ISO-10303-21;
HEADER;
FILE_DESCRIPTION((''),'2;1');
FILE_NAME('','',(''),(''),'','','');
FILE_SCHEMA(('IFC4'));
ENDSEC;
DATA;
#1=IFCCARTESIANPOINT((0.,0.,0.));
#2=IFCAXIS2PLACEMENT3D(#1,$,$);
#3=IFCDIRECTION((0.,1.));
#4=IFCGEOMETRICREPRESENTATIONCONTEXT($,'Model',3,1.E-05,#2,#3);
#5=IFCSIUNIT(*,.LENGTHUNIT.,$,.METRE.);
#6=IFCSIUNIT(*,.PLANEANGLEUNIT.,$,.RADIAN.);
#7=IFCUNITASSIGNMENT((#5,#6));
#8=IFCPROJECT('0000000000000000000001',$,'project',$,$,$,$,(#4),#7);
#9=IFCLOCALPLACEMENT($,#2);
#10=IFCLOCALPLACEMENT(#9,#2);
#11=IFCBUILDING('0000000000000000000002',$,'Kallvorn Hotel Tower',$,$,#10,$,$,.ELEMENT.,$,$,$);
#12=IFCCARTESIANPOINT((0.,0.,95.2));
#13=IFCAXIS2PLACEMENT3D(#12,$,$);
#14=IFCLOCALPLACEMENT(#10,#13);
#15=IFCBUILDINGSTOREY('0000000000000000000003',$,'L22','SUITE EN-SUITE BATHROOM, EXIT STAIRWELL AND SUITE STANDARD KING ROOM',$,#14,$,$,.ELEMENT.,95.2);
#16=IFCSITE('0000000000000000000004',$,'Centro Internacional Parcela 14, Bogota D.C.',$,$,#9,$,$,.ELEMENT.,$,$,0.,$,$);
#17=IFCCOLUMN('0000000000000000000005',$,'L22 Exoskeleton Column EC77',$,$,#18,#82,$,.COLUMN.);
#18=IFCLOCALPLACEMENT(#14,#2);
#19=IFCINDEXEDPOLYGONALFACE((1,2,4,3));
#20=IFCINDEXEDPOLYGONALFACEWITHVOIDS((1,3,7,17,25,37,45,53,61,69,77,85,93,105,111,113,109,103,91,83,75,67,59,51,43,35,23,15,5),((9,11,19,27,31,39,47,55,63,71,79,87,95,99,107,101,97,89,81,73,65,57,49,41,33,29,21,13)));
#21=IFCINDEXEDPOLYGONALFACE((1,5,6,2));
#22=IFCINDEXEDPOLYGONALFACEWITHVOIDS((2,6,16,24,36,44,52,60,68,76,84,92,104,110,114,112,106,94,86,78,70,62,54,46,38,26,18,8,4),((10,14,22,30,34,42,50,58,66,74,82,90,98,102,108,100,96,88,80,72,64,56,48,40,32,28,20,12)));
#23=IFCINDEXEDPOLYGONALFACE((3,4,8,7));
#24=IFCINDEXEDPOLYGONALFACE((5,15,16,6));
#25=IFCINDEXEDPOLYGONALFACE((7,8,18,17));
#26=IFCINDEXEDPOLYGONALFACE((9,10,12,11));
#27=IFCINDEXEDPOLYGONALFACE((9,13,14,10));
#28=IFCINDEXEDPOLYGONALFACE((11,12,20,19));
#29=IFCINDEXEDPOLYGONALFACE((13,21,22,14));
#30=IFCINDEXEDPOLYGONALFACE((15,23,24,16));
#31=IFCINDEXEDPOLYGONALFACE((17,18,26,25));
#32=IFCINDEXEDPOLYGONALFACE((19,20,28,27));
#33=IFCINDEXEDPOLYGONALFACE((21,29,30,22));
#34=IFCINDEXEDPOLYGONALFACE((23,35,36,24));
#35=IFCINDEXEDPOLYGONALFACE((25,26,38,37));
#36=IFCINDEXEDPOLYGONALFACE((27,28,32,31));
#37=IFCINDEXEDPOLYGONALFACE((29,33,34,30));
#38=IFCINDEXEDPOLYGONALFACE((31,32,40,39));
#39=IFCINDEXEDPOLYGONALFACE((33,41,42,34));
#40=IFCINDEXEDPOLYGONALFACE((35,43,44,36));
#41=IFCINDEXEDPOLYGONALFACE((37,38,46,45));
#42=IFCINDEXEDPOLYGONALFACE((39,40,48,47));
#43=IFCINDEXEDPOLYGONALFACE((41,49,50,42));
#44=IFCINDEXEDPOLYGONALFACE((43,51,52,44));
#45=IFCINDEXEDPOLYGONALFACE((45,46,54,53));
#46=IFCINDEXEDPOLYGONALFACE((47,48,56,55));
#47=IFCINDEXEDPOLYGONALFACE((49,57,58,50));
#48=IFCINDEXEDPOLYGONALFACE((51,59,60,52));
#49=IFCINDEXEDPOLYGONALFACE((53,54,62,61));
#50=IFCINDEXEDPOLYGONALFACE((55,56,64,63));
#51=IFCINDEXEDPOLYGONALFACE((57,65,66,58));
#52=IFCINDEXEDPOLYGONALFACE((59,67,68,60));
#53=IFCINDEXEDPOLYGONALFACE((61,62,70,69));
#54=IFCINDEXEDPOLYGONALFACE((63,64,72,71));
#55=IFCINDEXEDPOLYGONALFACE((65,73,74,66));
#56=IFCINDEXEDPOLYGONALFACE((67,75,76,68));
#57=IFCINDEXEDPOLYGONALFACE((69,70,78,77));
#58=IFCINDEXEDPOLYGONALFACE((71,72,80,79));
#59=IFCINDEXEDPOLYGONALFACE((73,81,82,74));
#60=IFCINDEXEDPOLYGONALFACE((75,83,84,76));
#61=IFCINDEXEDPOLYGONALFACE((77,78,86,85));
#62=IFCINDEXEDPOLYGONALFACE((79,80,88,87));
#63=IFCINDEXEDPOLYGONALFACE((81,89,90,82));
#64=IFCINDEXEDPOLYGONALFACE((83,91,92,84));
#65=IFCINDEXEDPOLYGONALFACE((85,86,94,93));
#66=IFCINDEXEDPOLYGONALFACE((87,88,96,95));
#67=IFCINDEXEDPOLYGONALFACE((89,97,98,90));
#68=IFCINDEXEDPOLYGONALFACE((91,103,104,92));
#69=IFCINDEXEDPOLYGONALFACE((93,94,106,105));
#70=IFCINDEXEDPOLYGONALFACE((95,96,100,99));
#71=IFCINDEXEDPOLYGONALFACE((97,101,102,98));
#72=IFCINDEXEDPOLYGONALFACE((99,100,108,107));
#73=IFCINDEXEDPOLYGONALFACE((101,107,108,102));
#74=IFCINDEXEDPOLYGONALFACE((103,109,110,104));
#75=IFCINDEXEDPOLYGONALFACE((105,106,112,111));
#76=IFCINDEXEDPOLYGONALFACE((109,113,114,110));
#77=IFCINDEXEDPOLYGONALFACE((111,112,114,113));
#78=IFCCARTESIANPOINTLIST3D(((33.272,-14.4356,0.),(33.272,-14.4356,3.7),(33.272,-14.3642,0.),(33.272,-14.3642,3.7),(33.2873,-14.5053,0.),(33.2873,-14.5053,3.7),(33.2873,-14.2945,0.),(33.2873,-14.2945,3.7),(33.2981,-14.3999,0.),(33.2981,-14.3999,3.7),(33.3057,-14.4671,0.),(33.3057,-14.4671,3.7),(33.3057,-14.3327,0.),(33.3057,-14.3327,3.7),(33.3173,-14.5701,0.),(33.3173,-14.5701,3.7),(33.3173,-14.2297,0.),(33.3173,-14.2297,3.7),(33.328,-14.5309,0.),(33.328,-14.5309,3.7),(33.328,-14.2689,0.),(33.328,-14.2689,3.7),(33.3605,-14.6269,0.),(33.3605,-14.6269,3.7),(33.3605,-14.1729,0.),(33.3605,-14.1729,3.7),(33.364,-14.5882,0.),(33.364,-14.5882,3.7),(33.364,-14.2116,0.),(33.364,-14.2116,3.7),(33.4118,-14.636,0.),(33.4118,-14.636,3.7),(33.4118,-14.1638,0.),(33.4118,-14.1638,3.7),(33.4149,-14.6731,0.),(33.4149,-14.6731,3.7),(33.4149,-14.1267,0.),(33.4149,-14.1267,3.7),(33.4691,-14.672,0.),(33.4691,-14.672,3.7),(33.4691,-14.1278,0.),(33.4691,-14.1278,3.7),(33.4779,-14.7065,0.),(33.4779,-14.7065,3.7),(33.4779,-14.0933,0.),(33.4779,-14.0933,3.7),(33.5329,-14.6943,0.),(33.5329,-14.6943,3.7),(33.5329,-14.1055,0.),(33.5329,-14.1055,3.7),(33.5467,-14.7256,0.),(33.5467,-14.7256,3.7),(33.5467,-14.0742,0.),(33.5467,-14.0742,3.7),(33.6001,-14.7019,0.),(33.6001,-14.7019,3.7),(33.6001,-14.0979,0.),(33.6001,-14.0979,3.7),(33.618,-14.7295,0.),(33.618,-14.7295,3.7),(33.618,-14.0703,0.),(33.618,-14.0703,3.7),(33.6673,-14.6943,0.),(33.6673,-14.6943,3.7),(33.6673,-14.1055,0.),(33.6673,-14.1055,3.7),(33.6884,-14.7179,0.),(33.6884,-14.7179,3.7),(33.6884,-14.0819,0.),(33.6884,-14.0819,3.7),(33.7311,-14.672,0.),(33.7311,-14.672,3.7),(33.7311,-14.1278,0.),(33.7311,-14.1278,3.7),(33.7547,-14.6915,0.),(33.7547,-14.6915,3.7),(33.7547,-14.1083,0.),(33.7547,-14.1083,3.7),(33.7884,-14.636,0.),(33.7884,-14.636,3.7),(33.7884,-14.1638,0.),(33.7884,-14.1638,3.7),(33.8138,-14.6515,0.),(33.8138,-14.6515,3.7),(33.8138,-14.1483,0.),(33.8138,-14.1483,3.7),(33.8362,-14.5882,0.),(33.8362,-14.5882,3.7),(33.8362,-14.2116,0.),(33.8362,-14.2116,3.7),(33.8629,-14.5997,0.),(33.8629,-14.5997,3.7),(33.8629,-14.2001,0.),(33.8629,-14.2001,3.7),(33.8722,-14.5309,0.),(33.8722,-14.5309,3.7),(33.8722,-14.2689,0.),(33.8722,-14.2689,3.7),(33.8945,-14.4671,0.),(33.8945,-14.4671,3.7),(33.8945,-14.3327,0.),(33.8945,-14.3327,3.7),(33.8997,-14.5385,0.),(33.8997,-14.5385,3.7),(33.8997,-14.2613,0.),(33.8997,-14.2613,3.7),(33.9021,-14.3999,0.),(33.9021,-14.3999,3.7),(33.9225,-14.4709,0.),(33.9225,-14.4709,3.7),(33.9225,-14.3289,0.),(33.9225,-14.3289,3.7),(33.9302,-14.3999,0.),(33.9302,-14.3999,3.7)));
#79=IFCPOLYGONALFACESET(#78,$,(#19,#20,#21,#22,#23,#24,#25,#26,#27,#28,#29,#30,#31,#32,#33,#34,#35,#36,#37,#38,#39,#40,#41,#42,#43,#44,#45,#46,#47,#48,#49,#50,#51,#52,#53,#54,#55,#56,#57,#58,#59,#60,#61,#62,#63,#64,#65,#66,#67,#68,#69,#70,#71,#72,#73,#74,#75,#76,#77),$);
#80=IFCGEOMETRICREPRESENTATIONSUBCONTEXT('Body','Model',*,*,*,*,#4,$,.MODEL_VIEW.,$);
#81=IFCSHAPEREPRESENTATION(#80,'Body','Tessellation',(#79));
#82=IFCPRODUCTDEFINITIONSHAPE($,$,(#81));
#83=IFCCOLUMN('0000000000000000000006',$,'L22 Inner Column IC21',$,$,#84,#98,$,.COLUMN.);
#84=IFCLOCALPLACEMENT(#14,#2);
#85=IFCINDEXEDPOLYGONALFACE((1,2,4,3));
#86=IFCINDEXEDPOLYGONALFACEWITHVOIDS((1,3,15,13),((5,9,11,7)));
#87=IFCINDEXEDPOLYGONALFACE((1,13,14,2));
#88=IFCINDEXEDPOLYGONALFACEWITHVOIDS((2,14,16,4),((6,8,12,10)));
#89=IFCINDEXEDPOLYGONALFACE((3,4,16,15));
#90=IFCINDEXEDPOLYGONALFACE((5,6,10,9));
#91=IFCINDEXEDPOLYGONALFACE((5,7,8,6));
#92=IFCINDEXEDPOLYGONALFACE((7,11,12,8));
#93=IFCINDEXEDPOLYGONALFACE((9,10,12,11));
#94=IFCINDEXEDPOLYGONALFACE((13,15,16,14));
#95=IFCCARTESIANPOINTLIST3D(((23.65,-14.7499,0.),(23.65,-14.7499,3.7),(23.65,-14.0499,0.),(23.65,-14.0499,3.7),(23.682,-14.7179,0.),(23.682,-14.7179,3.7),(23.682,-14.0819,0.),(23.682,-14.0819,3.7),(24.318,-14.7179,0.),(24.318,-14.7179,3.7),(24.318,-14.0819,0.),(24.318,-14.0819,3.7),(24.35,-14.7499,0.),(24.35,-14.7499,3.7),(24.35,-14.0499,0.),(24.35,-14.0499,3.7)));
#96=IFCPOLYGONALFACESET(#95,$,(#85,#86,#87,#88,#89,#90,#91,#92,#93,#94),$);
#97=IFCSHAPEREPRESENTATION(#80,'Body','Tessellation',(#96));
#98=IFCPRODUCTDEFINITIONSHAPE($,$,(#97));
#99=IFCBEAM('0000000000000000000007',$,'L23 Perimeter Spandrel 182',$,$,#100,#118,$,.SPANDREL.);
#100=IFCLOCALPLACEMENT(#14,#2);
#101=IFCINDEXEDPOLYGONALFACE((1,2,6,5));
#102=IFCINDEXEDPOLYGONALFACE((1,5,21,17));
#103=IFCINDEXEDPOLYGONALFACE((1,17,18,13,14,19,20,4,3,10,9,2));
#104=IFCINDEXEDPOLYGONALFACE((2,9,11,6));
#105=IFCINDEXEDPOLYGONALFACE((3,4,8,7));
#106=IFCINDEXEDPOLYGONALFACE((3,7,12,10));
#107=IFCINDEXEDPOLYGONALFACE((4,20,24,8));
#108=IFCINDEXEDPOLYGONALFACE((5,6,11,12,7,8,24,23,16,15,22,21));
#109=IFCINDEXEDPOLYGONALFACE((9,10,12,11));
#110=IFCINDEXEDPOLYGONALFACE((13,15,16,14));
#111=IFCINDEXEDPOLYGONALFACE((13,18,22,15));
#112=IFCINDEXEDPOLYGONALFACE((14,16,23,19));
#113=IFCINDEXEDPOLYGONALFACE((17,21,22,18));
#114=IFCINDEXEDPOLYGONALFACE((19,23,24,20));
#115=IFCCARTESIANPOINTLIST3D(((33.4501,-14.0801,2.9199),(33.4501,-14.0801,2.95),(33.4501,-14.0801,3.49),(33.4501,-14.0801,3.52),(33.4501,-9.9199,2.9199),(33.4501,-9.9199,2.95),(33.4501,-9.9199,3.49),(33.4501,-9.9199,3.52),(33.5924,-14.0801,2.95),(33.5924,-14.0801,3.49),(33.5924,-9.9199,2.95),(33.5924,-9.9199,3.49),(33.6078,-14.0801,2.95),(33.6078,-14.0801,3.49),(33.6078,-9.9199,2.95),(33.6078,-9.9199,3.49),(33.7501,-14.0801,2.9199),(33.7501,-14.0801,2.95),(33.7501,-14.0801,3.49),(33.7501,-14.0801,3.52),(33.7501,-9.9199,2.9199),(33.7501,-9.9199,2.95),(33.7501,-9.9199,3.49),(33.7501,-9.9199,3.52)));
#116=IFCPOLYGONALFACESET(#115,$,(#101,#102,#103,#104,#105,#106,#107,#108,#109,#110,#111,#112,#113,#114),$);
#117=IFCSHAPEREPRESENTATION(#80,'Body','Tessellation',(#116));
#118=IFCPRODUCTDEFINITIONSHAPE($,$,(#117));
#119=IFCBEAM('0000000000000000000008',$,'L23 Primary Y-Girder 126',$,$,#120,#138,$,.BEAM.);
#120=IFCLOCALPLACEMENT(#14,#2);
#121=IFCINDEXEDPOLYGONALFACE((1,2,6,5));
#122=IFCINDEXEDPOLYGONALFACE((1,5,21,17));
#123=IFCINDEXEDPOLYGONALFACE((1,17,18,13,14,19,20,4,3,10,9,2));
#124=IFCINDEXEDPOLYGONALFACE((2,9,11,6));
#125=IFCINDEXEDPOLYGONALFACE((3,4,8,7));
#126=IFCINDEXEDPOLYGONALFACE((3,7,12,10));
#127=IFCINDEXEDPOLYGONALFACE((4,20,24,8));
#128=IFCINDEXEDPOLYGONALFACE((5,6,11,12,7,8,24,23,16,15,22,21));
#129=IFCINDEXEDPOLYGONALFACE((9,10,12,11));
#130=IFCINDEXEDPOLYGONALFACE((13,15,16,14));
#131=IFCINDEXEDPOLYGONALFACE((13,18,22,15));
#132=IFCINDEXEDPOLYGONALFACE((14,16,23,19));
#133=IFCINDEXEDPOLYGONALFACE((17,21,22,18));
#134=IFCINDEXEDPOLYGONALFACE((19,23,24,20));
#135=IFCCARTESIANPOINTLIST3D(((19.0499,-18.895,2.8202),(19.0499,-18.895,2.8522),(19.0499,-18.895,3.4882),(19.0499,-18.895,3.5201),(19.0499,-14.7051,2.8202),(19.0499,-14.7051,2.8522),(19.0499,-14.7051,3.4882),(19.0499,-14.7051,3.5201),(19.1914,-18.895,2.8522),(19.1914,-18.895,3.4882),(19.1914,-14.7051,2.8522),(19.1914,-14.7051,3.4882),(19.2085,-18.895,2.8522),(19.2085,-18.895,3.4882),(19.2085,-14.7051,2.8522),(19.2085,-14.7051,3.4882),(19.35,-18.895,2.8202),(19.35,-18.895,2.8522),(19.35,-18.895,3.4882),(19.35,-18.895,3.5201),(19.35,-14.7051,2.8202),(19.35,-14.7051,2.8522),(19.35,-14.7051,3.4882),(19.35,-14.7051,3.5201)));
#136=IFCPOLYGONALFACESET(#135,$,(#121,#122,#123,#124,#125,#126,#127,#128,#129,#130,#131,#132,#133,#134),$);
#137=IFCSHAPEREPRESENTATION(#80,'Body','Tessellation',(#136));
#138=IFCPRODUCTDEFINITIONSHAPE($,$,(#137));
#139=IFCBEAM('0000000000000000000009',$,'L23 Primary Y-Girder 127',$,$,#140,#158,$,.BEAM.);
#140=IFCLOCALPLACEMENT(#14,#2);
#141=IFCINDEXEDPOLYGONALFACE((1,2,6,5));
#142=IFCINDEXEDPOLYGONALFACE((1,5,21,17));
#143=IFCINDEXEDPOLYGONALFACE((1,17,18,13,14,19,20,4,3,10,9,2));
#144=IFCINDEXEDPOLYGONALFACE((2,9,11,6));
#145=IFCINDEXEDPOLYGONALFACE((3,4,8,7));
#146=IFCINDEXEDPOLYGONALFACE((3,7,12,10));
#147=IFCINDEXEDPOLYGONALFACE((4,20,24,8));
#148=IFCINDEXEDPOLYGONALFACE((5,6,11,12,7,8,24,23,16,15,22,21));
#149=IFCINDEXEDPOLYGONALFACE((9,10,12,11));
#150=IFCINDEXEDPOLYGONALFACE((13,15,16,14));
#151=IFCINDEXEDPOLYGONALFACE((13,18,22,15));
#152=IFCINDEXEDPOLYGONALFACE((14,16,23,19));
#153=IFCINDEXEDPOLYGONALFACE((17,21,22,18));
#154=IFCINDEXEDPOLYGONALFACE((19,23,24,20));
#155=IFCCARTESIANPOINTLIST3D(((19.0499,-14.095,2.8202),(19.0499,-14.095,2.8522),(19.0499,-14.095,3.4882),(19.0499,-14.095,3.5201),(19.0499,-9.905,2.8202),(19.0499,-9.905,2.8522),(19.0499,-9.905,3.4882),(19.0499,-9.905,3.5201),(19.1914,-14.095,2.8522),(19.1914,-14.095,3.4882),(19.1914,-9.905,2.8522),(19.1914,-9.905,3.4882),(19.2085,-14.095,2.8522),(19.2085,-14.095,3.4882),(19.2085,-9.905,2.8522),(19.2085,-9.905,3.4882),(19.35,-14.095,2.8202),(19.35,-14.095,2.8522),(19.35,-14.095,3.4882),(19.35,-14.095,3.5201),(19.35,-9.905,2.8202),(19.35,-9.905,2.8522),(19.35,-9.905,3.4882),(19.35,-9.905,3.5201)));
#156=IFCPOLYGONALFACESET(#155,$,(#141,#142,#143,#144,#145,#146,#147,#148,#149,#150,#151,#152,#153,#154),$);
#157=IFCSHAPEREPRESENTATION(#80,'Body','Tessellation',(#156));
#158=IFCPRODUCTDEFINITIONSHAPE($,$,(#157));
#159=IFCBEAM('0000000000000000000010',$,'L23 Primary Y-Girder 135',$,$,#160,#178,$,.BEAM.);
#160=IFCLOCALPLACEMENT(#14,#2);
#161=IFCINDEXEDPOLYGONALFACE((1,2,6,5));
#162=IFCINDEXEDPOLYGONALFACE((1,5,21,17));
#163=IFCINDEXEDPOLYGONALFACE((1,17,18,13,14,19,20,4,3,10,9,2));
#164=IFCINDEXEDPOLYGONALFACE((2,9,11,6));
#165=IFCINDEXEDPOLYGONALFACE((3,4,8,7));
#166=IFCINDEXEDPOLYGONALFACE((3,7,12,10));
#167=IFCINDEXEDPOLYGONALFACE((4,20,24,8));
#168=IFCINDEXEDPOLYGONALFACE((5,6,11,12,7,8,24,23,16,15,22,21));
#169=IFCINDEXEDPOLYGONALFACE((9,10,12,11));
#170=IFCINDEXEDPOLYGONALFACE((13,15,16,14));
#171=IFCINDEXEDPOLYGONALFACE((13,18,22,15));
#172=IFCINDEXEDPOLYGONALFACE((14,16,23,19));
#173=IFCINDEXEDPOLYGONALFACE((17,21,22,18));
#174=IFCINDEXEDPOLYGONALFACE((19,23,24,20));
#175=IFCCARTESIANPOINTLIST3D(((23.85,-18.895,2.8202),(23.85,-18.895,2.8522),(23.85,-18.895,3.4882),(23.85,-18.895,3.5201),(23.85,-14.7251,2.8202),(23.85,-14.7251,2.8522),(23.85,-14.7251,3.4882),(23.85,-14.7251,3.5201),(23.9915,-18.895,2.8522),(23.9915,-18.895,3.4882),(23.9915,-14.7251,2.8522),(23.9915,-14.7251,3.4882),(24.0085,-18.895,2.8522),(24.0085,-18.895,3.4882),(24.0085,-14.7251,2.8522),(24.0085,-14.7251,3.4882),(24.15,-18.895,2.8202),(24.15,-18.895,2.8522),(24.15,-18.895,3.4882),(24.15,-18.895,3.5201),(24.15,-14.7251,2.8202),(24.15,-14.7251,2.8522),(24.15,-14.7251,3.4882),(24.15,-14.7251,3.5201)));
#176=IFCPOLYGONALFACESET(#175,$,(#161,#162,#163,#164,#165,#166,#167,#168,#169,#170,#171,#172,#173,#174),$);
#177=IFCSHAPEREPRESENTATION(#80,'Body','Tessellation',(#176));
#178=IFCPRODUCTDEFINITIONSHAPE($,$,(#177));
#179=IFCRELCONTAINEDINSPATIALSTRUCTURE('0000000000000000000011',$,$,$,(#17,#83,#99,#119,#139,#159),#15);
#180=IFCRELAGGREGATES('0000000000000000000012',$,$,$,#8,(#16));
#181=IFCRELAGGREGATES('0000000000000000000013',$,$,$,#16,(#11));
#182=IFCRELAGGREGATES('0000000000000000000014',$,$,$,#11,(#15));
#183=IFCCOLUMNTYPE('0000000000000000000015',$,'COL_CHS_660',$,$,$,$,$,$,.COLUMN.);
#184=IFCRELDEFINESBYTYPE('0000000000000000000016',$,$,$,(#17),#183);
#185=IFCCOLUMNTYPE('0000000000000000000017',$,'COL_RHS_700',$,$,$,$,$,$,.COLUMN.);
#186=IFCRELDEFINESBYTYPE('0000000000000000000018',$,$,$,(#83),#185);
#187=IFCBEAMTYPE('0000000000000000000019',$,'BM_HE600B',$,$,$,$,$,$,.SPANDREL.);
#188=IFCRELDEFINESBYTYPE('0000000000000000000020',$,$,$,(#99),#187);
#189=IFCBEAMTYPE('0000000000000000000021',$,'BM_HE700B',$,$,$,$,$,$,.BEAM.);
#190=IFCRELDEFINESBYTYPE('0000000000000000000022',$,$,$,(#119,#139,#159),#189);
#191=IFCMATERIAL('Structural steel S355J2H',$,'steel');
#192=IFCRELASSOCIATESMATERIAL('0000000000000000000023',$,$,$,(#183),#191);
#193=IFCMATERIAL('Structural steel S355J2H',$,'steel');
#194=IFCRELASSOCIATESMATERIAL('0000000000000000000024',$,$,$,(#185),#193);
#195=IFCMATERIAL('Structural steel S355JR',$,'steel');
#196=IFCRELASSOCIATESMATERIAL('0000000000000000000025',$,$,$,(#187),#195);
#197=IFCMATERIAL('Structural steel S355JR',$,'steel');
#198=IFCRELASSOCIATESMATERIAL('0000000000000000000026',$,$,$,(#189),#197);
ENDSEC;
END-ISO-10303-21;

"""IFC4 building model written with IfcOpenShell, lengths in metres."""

from ifc_helpers import new_model, si_unit, direction, frame, origin, origin_2d, place, context, subcontext, project, spatial, hollow_rectangle, hollow_circle, i_section, extrude, material, material_profile, profile_set, type_object, element, save


model = new_model("IFC4")

# Units and contexts
model_context = context("Model", 3, precision=1e-05, world=origin(), true_north=direction((0.0, 1.0)))
body_context = subcontext(model_context, "Body", "Model", "MODEL_VIEW")
ifc_project = project(units=[si_unit("LENGTHUNIT", "METRE"), si_unit("PLANEANGLEUNIT", "RADIAN")], contexts=[model_context])

# Site, building, storey
site_placement = place(None, origin())
site = spatial("IfcSite", under=ifc_project, at=site_placement, Name="Centro Internacional Parcela 14, Bogota D.C.", CompositionType="ELEMENT", RefElevation=0.0)
building_placement = place(site_placement, origin())
building = spatial("IfcBuilding", under=site, at=building_placement, Name="Kallvorn Hotel Tower", CompositionType="ELEMENT")
storey_placement = place(building_placement, frame((0.0, 0.0, 95.2)))
storey = spatial("IfcBuildingStorey", under=building, at=storey_placement, Name="L22", Description="SUITE EN-SUITE BATHROOM, EXIT STAIRWELL AND SUITE STANDARD KING ROOM", CompositionType="ELEMENT", Elevation=95.2)

# Columns
ifc_material_1 = material(Name="Structural steel S355J2H", Category="steel")
ifc_material_profile_1 = material_profile(ifc_material_1, hollow_circle(Radius=0.3301, WallThickness=0.0281, at=origin_2d()), Name="CHS 660x28")
ifc_profile_set_1 = profile_set([ifc_material_profile_1], Name="Structural steel S355J2H")
column_type_1 = type_object("IfcColumnType", Name="COL_CHS_660", PredefinedType="COLUMN", material=ifc_profile_set_1)
for number, where, z_axis, x_axis, name in (
    (1, (33.6001, -14.3999, 0.0), (0.0, 0.0, 1.0), (1.0, 0.0, 0.0), "L22 Exoskeleton Column EC77"),
):
    element("IfcColumn", number, at=place(storey_placement, frame(where, z_axis=z_axis, x_axis=x_axis)), inside=storey, type_object=column_type_1, Name=name, PredefinedType="COLUMN", context=body_context, shape_type="SweptSolid", body=[
        extrude(hollow_circle(Radius=0.3301, WallThickness=0.0281, at=origin_2d()), origin(), (0.0, 0.0, 1.0), 3.7),
    ])
ifc_material_2 = material(Name="Structural steel S355J2H", Category="steel")
ifc_material_profile_2 = material_profile(ifc_material_2, hollow_rectangle(XDim=0.7, YDim=0.7, WallThickness=0.032, at=origin_2d()), Name="RHS 700x700x32")
ifc_profile_set_2 = profile_set([ifc_material_profile_2], Name="Structural steel S355J2H")
column_type_2 = type_object("IfcColumnType", Name="COL_RHS_700", PredefinedType="COLUMN", material=ifc_profile_set_2)
column_1_placement = place(storey_placement, frame((24.0, -14.3999, 0.0), z_axis=(0.0, 0.0, 1.0), x_axis=(1.0, 0.0, 0.0)))
element("IfcColumn", 2, at=column_1_placement, inside=storey, type_object=column_type_2, Name="L22 Inner Column IC21", PredefinedType="COLUMN", context=body_context, shape_type="SweptSolid", body=[
    extrude(hollow_rectangle(XDim=0.7, YDim=0.7, WallThickness=0.032, at=origin_2d()), origin(), (0.0, 0.0, 1.0), 3.7),
])

# Beams
ifc_material_3 = material(Name="Structural steel S355JR", Category="steel")
ifc_material_profile_3 = material_profile(ifc_material_3, i_section(OverallWidth=0.3, OverallDepth=0.6001, WebThickness=0.0154, FlangeThickness=0.03, at=origin_2d()), Name="HE 600 B")
ifc_profile_set_3 = profile_set([ifc_material_profile_3], Name="Structural steel S355JR")
beam_type_1 = type_object("IfcBeamType", Name="BM_HE600B", PredefinedType="SPANDREL", material=ifc_profile_set_3)
beam_1_placement = place(storey_placement, frame((33.6001, -14.0801, 3.22), z_axis=(0.0, 1.0, 0.0), x_axis=(-1.0, 0.0, 0.0)))
element("IfcBeam", 3, at=beam_1_placement, inside=storey, type_object=beam_type_1, Name="L23 Perimeter Spandrel 182", PredefinedType="SPANDREL", context=body_context, shape_type="SweptSolid", body=[
    extrude(i_section(OverallWidth=0.3, OverallDepth=0.6001, WebThickness=0.0154, FlangeThickness=0.03, at=origin_2d()), origin(), (0.0, 0.0, 1.0), 4.1602),
])
ifc_material_4 = material(Name="Structural steel S355JR", Category="steel")
ifc_material_profile_4 = material_profile(ifc_material_4, i_section(OverallWidth=0.3, OverallDepth=0.7, WebThickness=0.0171, FlangeThickness=0.032, at=origin_2d()), Name="HE 700 B")
ifc_profile_set_4 = profile_set([ifc_material_profile_4], Name="Structural steel S355JR")
beam_type_2 = type_object("IfcBeamType", Name="BM_HE700B", PredefinedType="BEAM", material=ifc_profile_set_4)
for number, where, z_axis, x_axis, name in (
    (4, (19.2, -18.895, 3.1702), (0.0, 1.0, 0.0), (-1.0, 0.0, 0.0), "L23 Primary Y-Girder 126"),
    (5, (19.2, -14.095, 3.1702), (0.0, 1.0, 0.0), (-1.0, 0.0, 0.0), "L23 Primary Y-Girder 127"),
):
    element("IfcBeam", number, at=place(storey_placement, frame(where, z_axis=z_axis, x_axis=x_axis)), inside=storey, type_object=beam_type_2, Name=name, PredefinedType="BEAM", context=body_context, shape_type="SweptSolid", body=[
        extrude(i_section(OverallWidth=0.3, OverallDepth=0.7, WebThickness=0.0171, FlangeThickness=0.032, at=origin_2d()), origin(), (0.0, 0.0, 1.0), 4.1899),
    ])
beam_2_placement = place(storey_placement, frame((24.0, -18.895, 3.1702), z_axis=(0.0, 1.0, 0.0), x_axis=(-1.0, 0.0, 0.0)))
element("IfcBeam", 6, at=beam_2_placement, inside=storey, type_object=beam_type_2, Name="L23 Primary Y-Girder 135", PredefinedType="BEAM", context=body_context, shape_type="SweptSolid", body=[
    extrude(i_section(OverallWidth=0.3, OverallDepth=0.7, WebThickness=0.0171, FlangeThickness=0.032, at=origin_2d()), origin(), (0.0, 0.0, 1.0), 4.1699),
])

save(model, "model.ifc")
